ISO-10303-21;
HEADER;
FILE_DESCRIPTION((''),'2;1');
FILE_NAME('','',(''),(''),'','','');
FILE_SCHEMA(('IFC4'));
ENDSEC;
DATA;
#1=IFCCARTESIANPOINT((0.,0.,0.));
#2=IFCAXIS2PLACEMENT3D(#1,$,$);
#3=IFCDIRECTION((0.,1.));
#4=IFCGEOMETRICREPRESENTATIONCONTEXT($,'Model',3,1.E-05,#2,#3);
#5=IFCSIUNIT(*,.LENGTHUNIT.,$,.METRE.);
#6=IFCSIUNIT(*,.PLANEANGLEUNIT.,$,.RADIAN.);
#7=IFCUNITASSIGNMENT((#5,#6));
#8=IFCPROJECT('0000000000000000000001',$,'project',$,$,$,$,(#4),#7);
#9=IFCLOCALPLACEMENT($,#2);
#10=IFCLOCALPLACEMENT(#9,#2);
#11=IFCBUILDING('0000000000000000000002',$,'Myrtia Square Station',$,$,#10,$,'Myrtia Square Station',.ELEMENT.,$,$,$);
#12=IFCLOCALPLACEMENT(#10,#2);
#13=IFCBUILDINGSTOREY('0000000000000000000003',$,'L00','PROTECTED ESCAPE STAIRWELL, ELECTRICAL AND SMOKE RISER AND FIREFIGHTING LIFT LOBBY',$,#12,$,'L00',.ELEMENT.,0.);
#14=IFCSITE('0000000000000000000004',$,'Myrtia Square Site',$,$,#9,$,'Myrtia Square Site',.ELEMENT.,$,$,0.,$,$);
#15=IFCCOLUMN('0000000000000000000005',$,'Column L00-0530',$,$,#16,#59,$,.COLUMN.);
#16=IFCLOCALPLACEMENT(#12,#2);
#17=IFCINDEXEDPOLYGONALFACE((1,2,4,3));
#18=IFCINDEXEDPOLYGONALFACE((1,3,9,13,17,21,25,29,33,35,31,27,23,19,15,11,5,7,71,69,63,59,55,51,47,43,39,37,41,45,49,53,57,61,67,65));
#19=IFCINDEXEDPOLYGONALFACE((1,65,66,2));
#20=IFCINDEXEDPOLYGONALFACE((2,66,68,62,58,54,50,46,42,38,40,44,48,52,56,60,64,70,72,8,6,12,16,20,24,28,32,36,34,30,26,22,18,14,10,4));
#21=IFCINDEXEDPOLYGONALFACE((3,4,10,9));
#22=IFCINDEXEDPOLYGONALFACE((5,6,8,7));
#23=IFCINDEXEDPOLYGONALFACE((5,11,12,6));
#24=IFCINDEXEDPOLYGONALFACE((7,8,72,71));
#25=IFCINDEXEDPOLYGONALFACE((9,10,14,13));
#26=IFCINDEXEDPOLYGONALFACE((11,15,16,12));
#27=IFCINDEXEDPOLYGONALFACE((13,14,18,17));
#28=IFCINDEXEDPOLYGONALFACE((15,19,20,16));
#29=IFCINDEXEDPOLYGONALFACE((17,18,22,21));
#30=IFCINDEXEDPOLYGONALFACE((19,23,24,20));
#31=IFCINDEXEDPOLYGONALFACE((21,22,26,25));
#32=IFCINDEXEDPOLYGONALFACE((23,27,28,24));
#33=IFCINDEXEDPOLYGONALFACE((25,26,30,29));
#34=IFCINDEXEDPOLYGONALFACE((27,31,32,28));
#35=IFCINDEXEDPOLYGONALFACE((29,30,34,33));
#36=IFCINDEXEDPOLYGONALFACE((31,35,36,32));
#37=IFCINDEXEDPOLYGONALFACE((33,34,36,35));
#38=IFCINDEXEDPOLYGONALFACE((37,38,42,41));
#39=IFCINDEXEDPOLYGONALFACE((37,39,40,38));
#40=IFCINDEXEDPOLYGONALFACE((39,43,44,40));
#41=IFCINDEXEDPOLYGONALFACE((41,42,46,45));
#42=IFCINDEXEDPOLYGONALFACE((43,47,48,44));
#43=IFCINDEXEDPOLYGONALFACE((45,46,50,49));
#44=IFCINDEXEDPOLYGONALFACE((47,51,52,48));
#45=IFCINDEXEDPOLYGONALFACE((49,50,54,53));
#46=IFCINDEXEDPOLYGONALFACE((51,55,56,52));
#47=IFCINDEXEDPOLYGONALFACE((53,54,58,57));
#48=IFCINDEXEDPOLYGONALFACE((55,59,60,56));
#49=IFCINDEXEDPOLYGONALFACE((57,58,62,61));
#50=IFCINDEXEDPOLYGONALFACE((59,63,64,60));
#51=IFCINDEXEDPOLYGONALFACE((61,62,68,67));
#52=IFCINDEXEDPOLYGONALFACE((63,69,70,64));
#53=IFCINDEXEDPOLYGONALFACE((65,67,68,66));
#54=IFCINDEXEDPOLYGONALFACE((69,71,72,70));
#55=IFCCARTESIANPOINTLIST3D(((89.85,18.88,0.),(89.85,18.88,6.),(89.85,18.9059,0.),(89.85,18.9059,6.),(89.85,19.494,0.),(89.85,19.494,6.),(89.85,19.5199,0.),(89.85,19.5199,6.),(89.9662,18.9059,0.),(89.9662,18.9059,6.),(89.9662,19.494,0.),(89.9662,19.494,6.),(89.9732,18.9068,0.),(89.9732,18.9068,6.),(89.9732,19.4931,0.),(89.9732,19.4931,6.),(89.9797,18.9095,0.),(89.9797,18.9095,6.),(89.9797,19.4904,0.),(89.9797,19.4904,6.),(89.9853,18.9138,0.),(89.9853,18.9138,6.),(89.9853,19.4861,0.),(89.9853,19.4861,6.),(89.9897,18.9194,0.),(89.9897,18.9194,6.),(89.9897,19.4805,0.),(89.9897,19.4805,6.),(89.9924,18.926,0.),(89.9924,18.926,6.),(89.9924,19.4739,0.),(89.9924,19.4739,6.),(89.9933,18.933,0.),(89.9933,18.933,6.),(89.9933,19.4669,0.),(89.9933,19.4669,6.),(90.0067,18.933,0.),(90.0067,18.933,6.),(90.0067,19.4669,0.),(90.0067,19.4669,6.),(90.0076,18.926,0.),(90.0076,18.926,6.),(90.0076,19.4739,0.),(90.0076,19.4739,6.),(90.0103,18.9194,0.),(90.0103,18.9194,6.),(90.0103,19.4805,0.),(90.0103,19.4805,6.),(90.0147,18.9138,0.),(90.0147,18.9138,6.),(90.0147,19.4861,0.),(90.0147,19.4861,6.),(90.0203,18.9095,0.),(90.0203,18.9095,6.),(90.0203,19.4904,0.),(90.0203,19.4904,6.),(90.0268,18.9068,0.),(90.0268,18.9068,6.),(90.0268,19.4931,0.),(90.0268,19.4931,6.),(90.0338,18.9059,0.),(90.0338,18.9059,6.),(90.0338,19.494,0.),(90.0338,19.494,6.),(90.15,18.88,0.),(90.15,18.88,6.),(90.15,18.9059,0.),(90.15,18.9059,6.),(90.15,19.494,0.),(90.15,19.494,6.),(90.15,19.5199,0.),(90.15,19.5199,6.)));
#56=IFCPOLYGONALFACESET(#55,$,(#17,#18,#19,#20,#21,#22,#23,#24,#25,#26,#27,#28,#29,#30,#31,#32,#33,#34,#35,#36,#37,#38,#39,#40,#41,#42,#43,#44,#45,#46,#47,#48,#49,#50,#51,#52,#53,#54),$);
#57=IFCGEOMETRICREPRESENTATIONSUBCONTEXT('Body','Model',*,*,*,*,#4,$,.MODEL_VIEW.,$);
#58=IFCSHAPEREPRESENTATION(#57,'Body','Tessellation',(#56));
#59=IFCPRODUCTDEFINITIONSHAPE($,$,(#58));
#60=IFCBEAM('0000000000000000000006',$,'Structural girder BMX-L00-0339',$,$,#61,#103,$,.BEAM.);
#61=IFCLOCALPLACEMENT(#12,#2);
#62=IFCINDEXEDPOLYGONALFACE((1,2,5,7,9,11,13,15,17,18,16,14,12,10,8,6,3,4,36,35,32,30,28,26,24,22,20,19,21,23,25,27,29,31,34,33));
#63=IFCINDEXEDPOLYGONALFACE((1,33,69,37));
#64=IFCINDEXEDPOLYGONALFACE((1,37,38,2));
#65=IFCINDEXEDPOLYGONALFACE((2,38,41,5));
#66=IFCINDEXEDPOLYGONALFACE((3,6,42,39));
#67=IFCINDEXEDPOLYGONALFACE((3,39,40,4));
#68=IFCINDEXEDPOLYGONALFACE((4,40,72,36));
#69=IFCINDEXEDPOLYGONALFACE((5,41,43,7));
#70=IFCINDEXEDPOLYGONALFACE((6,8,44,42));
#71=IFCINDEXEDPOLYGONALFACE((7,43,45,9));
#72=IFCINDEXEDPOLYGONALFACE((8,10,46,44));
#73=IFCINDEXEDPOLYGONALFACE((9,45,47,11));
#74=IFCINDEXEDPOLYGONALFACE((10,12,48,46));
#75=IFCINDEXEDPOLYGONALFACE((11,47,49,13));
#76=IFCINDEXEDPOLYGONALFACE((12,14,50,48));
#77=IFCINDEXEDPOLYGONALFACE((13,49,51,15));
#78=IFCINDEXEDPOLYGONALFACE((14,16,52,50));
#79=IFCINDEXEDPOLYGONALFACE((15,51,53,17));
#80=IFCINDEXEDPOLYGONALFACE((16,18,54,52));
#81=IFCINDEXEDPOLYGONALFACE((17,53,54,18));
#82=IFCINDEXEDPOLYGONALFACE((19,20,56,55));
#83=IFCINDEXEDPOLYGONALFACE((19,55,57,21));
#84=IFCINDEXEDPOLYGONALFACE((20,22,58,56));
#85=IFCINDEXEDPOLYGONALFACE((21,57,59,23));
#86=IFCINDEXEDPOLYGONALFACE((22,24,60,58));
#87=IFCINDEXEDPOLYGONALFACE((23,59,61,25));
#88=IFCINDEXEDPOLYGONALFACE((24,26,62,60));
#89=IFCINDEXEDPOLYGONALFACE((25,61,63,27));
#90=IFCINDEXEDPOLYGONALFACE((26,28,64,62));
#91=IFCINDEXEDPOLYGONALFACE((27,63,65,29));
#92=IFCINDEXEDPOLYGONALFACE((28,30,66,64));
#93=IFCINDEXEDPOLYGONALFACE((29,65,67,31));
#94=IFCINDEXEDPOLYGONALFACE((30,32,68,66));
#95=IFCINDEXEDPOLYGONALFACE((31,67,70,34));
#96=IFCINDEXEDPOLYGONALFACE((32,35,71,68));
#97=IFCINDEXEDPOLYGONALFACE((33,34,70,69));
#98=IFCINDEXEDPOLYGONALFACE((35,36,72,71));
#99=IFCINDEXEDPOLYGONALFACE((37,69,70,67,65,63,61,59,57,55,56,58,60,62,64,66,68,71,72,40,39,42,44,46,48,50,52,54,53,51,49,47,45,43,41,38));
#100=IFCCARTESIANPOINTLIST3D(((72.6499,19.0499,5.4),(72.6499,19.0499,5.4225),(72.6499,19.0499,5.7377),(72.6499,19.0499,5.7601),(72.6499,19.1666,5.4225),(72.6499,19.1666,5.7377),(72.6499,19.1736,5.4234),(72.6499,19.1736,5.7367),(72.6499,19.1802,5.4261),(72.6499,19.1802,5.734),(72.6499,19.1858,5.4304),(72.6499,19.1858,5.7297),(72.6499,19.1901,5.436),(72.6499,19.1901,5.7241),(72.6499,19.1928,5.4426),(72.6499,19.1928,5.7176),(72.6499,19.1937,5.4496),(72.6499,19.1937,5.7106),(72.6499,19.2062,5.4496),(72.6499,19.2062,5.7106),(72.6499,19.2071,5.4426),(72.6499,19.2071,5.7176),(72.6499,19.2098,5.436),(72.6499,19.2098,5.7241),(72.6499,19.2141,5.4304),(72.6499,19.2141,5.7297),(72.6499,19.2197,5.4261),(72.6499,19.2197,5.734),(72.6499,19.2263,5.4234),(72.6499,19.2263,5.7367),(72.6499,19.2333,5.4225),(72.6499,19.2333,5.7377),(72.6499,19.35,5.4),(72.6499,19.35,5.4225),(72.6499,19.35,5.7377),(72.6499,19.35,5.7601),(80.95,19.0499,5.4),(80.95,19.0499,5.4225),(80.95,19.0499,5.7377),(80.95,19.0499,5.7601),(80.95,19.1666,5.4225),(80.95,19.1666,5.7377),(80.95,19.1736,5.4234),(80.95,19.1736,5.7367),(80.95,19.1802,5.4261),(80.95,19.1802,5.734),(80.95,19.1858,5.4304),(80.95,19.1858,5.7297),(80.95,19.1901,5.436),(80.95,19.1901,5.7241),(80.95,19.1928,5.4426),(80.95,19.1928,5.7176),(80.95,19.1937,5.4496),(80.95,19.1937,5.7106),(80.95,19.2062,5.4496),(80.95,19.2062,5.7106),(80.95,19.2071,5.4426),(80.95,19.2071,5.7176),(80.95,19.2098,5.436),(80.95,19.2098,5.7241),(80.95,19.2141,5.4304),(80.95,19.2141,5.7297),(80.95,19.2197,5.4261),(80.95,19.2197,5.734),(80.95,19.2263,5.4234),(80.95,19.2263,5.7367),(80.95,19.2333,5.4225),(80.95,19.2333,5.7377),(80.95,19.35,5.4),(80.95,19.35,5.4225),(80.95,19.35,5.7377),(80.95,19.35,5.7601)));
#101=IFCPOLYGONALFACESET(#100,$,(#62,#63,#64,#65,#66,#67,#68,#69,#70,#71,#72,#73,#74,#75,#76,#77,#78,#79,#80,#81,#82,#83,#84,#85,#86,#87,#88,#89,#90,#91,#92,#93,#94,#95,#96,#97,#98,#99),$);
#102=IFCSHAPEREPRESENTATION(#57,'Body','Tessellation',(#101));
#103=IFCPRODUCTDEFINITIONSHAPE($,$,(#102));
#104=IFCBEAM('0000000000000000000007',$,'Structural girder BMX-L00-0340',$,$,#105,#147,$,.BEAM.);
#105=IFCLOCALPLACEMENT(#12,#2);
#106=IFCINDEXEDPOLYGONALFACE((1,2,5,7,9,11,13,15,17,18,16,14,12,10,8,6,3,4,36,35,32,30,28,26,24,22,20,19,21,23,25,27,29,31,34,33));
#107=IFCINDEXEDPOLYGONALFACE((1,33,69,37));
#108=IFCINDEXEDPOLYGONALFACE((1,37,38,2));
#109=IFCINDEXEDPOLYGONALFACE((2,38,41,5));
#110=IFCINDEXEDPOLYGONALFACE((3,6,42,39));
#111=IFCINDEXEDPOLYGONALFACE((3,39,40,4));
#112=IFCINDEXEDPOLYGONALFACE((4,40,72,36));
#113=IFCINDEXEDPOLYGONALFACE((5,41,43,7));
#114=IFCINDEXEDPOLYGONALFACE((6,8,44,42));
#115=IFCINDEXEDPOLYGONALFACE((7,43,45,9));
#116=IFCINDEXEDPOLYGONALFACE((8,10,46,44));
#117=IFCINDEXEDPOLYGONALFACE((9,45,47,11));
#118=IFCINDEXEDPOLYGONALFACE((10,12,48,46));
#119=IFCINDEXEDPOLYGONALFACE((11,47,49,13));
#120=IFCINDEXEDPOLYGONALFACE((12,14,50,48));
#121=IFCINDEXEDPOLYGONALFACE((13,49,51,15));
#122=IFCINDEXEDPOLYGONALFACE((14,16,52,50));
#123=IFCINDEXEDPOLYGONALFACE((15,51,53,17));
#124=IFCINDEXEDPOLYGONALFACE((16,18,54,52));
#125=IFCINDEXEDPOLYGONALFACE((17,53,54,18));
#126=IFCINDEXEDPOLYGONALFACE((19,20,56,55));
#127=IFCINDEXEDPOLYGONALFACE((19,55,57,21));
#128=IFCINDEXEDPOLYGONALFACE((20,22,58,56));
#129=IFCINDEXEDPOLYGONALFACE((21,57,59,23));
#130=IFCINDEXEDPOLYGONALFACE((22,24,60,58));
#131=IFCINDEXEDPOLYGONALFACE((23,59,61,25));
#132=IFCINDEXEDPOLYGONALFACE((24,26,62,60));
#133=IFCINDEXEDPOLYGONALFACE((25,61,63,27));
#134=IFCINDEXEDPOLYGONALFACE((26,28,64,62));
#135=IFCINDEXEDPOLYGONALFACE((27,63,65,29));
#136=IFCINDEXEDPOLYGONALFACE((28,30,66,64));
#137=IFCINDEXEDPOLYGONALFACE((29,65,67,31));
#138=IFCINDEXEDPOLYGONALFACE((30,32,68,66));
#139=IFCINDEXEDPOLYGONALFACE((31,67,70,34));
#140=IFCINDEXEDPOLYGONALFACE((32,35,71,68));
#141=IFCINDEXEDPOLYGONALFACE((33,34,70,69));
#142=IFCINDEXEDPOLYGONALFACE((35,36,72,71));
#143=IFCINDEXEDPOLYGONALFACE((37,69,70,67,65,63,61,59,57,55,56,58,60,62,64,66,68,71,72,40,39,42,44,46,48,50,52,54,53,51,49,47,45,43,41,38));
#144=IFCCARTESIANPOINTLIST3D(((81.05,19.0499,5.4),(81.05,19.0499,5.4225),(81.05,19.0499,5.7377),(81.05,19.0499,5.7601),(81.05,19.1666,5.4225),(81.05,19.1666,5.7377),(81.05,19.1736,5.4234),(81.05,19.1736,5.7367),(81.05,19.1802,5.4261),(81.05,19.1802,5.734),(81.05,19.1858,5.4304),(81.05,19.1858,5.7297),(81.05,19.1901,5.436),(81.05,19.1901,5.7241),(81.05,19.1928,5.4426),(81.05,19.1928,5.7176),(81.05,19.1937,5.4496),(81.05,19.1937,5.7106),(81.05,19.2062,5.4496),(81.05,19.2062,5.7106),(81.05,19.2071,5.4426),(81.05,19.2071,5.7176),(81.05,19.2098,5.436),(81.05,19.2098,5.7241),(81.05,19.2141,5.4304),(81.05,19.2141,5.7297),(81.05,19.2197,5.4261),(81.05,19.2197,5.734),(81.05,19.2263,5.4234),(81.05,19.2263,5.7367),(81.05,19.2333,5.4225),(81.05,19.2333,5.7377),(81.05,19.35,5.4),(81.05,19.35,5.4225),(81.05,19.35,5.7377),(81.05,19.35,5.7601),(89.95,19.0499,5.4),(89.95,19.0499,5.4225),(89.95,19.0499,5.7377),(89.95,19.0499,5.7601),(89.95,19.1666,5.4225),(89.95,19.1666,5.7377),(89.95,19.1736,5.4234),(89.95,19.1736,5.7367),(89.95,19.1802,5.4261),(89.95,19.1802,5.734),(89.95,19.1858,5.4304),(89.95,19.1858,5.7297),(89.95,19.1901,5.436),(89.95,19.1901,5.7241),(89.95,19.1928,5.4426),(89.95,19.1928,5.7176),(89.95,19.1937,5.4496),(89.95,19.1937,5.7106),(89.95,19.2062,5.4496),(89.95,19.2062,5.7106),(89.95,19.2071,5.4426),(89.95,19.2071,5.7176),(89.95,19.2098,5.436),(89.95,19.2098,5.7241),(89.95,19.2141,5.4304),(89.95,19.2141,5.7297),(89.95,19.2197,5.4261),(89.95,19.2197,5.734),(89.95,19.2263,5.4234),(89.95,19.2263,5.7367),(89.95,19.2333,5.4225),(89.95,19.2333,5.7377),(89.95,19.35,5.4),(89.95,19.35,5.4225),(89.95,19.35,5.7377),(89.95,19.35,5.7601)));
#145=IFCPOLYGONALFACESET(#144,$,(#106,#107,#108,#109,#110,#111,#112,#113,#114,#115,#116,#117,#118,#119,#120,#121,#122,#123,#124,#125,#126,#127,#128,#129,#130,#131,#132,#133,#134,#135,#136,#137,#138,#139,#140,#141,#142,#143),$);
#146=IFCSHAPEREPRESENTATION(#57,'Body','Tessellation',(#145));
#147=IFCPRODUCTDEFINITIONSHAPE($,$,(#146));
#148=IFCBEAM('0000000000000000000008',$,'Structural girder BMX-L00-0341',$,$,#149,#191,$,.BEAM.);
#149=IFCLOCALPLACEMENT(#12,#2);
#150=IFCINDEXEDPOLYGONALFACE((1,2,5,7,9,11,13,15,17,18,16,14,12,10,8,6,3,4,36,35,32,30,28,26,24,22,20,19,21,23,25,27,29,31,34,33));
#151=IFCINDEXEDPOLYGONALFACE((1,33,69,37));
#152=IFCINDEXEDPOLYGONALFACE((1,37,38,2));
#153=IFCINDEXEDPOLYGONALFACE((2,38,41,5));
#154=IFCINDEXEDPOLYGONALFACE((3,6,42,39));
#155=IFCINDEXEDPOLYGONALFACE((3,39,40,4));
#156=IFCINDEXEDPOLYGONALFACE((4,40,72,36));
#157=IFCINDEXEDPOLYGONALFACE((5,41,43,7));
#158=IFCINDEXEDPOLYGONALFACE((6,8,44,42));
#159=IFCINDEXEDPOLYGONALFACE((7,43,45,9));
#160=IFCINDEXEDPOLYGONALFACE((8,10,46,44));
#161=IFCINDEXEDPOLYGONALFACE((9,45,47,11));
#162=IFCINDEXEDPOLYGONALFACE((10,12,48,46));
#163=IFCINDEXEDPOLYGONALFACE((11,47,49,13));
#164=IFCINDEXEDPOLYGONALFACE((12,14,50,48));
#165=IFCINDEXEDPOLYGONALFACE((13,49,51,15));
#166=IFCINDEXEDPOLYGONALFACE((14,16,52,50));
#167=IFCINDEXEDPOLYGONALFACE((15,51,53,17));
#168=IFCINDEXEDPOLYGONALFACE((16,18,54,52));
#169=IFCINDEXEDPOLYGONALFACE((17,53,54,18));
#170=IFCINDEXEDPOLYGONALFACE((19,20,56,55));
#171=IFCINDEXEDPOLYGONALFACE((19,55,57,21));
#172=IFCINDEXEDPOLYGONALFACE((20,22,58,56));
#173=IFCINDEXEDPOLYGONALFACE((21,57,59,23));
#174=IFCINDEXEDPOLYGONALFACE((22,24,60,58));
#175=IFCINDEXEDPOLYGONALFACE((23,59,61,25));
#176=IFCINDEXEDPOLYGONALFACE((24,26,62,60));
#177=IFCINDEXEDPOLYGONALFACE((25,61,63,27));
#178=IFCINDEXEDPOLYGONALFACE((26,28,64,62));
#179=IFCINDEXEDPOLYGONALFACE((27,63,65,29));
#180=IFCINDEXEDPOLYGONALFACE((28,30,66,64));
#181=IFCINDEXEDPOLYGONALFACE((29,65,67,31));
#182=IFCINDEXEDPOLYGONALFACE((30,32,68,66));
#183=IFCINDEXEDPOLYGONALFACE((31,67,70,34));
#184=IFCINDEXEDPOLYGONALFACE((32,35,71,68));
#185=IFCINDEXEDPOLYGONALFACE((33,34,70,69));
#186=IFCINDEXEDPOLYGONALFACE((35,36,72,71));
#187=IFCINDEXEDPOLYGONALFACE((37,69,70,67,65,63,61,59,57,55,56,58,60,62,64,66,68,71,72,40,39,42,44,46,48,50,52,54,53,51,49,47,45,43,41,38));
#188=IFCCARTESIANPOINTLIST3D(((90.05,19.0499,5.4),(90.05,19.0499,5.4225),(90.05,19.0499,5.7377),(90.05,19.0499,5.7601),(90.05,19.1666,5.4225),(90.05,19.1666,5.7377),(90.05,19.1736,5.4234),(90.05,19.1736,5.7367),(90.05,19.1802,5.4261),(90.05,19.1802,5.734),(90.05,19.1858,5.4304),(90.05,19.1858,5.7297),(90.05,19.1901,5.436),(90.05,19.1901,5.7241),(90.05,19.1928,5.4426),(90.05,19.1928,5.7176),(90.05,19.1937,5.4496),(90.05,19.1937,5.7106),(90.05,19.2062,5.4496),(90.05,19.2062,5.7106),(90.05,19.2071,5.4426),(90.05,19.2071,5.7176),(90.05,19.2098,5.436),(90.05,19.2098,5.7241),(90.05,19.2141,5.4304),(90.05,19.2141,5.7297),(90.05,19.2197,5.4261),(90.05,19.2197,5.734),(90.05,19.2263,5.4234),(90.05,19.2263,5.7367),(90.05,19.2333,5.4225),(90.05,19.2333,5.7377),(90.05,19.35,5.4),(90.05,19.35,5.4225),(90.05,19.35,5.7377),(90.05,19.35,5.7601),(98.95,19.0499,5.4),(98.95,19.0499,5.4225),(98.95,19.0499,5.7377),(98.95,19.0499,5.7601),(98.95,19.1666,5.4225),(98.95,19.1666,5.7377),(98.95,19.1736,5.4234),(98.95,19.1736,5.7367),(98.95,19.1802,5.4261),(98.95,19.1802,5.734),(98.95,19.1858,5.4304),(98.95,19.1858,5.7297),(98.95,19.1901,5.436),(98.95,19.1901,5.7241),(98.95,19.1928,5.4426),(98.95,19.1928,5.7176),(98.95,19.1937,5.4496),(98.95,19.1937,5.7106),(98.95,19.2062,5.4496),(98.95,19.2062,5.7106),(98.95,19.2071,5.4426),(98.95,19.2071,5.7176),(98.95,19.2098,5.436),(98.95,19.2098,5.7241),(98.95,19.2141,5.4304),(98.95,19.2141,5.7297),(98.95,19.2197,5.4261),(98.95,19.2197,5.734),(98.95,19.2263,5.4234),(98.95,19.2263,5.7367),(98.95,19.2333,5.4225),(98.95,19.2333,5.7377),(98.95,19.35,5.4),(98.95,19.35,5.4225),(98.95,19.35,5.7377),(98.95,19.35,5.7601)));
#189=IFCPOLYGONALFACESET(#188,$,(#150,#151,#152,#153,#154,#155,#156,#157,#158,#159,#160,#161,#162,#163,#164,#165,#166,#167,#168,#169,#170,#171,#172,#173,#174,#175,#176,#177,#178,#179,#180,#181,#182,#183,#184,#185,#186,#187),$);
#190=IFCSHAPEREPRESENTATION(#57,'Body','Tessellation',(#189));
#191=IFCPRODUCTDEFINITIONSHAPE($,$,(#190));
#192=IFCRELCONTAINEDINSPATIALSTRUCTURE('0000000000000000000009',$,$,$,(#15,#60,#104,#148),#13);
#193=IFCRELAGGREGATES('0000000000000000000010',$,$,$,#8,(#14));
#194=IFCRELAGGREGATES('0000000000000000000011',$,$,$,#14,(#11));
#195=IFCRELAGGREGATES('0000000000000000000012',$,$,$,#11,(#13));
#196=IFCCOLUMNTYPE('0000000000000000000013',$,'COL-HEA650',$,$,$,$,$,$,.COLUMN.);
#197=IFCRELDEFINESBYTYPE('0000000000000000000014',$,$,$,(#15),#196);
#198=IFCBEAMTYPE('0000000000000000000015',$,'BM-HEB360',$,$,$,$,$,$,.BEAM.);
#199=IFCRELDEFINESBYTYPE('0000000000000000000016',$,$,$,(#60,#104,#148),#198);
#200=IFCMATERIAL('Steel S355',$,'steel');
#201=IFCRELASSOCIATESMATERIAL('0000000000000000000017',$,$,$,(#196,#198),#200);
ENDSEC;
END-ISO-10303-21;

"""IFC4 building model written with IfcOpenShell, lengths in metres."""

from ifc_helpers import new_model, si_unit, direction, frame, origin, origin_2d, place, context, subcontext, project, spatial, i_section, extrude, material, material_profile, profile_set, type_object, element, save


model = new_model("IFC4")

# Units and contexts
model_context = context("Model", 3, precision=1e-05, world=origin(), true_north=direction((0.0, 1.0)))
body_context = subcontext(model_context, "Body", "Model", "MODEL_VIEW")
ifc_project = project(units=[si_unit("LENGTHUNIT", "METRE"), si_unit("PLANEANGLEUNIT", "RADIAN")], contexts=[model_context])

# Site, building, storey
site_placement = place(None, origin())
site = spatial("IfcSite", under=ifc_project, at=site_placement, Name="Myrtia Square Site", LongName="Myrtia Square Site", CompositionType="ELEMENT", RefElevation=0.0)
building_placement = place(site_placement, origin())
building = spatial("IfcBuilding", under=site, at=building_placement, Name="Myrtia Square Station", LongName="Myrtia Square Station", CompositionType="ELEMENT")
storey_placement = place(building_placement, origin())
storey = spatial("IfcBuildingStorey", under=building, at=storey_placement, Name="L00", Description="PROTECTED ESCAPE STAIRWELL, ELECTRICAL AND SMOKE RISER AND FIREFIGHTING LIFT LOBBY", LongName="L00", CompositionType="ELEMENT", Elevation=0.0)

# Column
ifc_material = material(Name="Steel S355", Category="steel")
ifc_material_profile_1 = material_profile(ifc_material, i_section(OverallWidth=0.3, OverallDepth=0.6399, WebThickness=0.0134, FlangeThickness=0.0259, FilletRadius=0.0271, at=origin_2d()), Name="HEA 650")
ifc_profile_set_1 = profile_set([ifc_material_profile_1], Name="Steel S355")
column_type = type_object("IfcColumnType", Name="COL-HEA650", PredefinedType="COLUMN", material=ifc_profile_set_1)
for number, where, z_axis, x_axis, name in (
    (1, (90.0, 19.2, 0.0), (0.0, 0.0, 1.0), (1.0, 0.0, 0.0), "Column L00-0530"),
):
    element("IfcColumn", number, at=place(storey_placement, frame(where, z_axis=z_axis, x_axis=x_axis)), inside=storey, type_object=column_type, Name=name, PredefinedType="COLUMN", context=body_context, shape_type="SweptSolid", body=[
        extrude(i_section(OverallWidth=0.3, OverallDepth=0.6399, WebThickness=0.0134, FlangeThickness=0.0259, FilletRadius=0.0271, at=origin_2d()), origin(), (0.0, 0.0, 1.0), 6.0),
    ])

# Beams
ifc_material_profile_2 = material_profile(ifc_material, i_section(OverallWidth=0.3, OverallDepth=0.3601, WebThickness=0.0125, FlangeThickness=0.0225, FilletRadius=0.0271, at=origin_2d()), Name="HEB 360")
ifc_profile_set_2 = profile_set([ifc_material_profile_2], Name="Steel S355")
beam_type_1 = type_object("IfcBeamType", Name="BM-HEB360", PredefinedType="BEAM", material=ifc_profile_set_2)
beam_1_placement = place(storey_placement, frame((72.6499, 19.2, 5.5801), z_axis=(1.0, 0.0, 0.0), x_axis=(0.0, 1.0, 0.0)))
element("IfcBeam", 2, at=beam_1_placement, inside=storey, type_object=beam_type_1, Name="Structural girder BMX-L00-0339", PredefinedType="BEAM", context=body_context, shape_type="SweptSolid", body=[
    extrude(i_section(OverallWidth=0.3, OverallDepth=0.3601, WebThickness=0.0125, FlangeThickness=0.0225, FilletRadius=0.0271, at=origin_2d()), origin(), (0.0, 0.0, 1.0), 8.3),
])
for number, where, z_axis, x_axis, name in (
    (3, (81.05, 19.2, 5.5801), (1.0, 0.0, 0.0), (0.0, 1.0, 0.0), "Structural girder BMX-L00-0340"),
    (4, (90.05, 19.2, 5.5801), (1.0, 0.0, 0.0), (0.0, 1.0, 0.0), "Structural girder BMX-L00-0341"),
):
    element("IfcBeam", number, at=place(storey_placement, frame(where, z_axis=z_axis, x_axis=x_axis)), inside=storey, type_object=beam_type_1, Name=name, PredefinedType="BEAM", context=body_context, shape_type="SweptSolid", body=[
        extrude(i_section(OverallWidth=0.3, OverallDepth=0.3601, WebThickness=0.0125, FlangeThickness=0.0225, FilletRadius=0.0271, at=origin_2d()), origin(), (0.0, 0.0, 1.0), 8.8999),
    ])

save(model, "model.ifc")
